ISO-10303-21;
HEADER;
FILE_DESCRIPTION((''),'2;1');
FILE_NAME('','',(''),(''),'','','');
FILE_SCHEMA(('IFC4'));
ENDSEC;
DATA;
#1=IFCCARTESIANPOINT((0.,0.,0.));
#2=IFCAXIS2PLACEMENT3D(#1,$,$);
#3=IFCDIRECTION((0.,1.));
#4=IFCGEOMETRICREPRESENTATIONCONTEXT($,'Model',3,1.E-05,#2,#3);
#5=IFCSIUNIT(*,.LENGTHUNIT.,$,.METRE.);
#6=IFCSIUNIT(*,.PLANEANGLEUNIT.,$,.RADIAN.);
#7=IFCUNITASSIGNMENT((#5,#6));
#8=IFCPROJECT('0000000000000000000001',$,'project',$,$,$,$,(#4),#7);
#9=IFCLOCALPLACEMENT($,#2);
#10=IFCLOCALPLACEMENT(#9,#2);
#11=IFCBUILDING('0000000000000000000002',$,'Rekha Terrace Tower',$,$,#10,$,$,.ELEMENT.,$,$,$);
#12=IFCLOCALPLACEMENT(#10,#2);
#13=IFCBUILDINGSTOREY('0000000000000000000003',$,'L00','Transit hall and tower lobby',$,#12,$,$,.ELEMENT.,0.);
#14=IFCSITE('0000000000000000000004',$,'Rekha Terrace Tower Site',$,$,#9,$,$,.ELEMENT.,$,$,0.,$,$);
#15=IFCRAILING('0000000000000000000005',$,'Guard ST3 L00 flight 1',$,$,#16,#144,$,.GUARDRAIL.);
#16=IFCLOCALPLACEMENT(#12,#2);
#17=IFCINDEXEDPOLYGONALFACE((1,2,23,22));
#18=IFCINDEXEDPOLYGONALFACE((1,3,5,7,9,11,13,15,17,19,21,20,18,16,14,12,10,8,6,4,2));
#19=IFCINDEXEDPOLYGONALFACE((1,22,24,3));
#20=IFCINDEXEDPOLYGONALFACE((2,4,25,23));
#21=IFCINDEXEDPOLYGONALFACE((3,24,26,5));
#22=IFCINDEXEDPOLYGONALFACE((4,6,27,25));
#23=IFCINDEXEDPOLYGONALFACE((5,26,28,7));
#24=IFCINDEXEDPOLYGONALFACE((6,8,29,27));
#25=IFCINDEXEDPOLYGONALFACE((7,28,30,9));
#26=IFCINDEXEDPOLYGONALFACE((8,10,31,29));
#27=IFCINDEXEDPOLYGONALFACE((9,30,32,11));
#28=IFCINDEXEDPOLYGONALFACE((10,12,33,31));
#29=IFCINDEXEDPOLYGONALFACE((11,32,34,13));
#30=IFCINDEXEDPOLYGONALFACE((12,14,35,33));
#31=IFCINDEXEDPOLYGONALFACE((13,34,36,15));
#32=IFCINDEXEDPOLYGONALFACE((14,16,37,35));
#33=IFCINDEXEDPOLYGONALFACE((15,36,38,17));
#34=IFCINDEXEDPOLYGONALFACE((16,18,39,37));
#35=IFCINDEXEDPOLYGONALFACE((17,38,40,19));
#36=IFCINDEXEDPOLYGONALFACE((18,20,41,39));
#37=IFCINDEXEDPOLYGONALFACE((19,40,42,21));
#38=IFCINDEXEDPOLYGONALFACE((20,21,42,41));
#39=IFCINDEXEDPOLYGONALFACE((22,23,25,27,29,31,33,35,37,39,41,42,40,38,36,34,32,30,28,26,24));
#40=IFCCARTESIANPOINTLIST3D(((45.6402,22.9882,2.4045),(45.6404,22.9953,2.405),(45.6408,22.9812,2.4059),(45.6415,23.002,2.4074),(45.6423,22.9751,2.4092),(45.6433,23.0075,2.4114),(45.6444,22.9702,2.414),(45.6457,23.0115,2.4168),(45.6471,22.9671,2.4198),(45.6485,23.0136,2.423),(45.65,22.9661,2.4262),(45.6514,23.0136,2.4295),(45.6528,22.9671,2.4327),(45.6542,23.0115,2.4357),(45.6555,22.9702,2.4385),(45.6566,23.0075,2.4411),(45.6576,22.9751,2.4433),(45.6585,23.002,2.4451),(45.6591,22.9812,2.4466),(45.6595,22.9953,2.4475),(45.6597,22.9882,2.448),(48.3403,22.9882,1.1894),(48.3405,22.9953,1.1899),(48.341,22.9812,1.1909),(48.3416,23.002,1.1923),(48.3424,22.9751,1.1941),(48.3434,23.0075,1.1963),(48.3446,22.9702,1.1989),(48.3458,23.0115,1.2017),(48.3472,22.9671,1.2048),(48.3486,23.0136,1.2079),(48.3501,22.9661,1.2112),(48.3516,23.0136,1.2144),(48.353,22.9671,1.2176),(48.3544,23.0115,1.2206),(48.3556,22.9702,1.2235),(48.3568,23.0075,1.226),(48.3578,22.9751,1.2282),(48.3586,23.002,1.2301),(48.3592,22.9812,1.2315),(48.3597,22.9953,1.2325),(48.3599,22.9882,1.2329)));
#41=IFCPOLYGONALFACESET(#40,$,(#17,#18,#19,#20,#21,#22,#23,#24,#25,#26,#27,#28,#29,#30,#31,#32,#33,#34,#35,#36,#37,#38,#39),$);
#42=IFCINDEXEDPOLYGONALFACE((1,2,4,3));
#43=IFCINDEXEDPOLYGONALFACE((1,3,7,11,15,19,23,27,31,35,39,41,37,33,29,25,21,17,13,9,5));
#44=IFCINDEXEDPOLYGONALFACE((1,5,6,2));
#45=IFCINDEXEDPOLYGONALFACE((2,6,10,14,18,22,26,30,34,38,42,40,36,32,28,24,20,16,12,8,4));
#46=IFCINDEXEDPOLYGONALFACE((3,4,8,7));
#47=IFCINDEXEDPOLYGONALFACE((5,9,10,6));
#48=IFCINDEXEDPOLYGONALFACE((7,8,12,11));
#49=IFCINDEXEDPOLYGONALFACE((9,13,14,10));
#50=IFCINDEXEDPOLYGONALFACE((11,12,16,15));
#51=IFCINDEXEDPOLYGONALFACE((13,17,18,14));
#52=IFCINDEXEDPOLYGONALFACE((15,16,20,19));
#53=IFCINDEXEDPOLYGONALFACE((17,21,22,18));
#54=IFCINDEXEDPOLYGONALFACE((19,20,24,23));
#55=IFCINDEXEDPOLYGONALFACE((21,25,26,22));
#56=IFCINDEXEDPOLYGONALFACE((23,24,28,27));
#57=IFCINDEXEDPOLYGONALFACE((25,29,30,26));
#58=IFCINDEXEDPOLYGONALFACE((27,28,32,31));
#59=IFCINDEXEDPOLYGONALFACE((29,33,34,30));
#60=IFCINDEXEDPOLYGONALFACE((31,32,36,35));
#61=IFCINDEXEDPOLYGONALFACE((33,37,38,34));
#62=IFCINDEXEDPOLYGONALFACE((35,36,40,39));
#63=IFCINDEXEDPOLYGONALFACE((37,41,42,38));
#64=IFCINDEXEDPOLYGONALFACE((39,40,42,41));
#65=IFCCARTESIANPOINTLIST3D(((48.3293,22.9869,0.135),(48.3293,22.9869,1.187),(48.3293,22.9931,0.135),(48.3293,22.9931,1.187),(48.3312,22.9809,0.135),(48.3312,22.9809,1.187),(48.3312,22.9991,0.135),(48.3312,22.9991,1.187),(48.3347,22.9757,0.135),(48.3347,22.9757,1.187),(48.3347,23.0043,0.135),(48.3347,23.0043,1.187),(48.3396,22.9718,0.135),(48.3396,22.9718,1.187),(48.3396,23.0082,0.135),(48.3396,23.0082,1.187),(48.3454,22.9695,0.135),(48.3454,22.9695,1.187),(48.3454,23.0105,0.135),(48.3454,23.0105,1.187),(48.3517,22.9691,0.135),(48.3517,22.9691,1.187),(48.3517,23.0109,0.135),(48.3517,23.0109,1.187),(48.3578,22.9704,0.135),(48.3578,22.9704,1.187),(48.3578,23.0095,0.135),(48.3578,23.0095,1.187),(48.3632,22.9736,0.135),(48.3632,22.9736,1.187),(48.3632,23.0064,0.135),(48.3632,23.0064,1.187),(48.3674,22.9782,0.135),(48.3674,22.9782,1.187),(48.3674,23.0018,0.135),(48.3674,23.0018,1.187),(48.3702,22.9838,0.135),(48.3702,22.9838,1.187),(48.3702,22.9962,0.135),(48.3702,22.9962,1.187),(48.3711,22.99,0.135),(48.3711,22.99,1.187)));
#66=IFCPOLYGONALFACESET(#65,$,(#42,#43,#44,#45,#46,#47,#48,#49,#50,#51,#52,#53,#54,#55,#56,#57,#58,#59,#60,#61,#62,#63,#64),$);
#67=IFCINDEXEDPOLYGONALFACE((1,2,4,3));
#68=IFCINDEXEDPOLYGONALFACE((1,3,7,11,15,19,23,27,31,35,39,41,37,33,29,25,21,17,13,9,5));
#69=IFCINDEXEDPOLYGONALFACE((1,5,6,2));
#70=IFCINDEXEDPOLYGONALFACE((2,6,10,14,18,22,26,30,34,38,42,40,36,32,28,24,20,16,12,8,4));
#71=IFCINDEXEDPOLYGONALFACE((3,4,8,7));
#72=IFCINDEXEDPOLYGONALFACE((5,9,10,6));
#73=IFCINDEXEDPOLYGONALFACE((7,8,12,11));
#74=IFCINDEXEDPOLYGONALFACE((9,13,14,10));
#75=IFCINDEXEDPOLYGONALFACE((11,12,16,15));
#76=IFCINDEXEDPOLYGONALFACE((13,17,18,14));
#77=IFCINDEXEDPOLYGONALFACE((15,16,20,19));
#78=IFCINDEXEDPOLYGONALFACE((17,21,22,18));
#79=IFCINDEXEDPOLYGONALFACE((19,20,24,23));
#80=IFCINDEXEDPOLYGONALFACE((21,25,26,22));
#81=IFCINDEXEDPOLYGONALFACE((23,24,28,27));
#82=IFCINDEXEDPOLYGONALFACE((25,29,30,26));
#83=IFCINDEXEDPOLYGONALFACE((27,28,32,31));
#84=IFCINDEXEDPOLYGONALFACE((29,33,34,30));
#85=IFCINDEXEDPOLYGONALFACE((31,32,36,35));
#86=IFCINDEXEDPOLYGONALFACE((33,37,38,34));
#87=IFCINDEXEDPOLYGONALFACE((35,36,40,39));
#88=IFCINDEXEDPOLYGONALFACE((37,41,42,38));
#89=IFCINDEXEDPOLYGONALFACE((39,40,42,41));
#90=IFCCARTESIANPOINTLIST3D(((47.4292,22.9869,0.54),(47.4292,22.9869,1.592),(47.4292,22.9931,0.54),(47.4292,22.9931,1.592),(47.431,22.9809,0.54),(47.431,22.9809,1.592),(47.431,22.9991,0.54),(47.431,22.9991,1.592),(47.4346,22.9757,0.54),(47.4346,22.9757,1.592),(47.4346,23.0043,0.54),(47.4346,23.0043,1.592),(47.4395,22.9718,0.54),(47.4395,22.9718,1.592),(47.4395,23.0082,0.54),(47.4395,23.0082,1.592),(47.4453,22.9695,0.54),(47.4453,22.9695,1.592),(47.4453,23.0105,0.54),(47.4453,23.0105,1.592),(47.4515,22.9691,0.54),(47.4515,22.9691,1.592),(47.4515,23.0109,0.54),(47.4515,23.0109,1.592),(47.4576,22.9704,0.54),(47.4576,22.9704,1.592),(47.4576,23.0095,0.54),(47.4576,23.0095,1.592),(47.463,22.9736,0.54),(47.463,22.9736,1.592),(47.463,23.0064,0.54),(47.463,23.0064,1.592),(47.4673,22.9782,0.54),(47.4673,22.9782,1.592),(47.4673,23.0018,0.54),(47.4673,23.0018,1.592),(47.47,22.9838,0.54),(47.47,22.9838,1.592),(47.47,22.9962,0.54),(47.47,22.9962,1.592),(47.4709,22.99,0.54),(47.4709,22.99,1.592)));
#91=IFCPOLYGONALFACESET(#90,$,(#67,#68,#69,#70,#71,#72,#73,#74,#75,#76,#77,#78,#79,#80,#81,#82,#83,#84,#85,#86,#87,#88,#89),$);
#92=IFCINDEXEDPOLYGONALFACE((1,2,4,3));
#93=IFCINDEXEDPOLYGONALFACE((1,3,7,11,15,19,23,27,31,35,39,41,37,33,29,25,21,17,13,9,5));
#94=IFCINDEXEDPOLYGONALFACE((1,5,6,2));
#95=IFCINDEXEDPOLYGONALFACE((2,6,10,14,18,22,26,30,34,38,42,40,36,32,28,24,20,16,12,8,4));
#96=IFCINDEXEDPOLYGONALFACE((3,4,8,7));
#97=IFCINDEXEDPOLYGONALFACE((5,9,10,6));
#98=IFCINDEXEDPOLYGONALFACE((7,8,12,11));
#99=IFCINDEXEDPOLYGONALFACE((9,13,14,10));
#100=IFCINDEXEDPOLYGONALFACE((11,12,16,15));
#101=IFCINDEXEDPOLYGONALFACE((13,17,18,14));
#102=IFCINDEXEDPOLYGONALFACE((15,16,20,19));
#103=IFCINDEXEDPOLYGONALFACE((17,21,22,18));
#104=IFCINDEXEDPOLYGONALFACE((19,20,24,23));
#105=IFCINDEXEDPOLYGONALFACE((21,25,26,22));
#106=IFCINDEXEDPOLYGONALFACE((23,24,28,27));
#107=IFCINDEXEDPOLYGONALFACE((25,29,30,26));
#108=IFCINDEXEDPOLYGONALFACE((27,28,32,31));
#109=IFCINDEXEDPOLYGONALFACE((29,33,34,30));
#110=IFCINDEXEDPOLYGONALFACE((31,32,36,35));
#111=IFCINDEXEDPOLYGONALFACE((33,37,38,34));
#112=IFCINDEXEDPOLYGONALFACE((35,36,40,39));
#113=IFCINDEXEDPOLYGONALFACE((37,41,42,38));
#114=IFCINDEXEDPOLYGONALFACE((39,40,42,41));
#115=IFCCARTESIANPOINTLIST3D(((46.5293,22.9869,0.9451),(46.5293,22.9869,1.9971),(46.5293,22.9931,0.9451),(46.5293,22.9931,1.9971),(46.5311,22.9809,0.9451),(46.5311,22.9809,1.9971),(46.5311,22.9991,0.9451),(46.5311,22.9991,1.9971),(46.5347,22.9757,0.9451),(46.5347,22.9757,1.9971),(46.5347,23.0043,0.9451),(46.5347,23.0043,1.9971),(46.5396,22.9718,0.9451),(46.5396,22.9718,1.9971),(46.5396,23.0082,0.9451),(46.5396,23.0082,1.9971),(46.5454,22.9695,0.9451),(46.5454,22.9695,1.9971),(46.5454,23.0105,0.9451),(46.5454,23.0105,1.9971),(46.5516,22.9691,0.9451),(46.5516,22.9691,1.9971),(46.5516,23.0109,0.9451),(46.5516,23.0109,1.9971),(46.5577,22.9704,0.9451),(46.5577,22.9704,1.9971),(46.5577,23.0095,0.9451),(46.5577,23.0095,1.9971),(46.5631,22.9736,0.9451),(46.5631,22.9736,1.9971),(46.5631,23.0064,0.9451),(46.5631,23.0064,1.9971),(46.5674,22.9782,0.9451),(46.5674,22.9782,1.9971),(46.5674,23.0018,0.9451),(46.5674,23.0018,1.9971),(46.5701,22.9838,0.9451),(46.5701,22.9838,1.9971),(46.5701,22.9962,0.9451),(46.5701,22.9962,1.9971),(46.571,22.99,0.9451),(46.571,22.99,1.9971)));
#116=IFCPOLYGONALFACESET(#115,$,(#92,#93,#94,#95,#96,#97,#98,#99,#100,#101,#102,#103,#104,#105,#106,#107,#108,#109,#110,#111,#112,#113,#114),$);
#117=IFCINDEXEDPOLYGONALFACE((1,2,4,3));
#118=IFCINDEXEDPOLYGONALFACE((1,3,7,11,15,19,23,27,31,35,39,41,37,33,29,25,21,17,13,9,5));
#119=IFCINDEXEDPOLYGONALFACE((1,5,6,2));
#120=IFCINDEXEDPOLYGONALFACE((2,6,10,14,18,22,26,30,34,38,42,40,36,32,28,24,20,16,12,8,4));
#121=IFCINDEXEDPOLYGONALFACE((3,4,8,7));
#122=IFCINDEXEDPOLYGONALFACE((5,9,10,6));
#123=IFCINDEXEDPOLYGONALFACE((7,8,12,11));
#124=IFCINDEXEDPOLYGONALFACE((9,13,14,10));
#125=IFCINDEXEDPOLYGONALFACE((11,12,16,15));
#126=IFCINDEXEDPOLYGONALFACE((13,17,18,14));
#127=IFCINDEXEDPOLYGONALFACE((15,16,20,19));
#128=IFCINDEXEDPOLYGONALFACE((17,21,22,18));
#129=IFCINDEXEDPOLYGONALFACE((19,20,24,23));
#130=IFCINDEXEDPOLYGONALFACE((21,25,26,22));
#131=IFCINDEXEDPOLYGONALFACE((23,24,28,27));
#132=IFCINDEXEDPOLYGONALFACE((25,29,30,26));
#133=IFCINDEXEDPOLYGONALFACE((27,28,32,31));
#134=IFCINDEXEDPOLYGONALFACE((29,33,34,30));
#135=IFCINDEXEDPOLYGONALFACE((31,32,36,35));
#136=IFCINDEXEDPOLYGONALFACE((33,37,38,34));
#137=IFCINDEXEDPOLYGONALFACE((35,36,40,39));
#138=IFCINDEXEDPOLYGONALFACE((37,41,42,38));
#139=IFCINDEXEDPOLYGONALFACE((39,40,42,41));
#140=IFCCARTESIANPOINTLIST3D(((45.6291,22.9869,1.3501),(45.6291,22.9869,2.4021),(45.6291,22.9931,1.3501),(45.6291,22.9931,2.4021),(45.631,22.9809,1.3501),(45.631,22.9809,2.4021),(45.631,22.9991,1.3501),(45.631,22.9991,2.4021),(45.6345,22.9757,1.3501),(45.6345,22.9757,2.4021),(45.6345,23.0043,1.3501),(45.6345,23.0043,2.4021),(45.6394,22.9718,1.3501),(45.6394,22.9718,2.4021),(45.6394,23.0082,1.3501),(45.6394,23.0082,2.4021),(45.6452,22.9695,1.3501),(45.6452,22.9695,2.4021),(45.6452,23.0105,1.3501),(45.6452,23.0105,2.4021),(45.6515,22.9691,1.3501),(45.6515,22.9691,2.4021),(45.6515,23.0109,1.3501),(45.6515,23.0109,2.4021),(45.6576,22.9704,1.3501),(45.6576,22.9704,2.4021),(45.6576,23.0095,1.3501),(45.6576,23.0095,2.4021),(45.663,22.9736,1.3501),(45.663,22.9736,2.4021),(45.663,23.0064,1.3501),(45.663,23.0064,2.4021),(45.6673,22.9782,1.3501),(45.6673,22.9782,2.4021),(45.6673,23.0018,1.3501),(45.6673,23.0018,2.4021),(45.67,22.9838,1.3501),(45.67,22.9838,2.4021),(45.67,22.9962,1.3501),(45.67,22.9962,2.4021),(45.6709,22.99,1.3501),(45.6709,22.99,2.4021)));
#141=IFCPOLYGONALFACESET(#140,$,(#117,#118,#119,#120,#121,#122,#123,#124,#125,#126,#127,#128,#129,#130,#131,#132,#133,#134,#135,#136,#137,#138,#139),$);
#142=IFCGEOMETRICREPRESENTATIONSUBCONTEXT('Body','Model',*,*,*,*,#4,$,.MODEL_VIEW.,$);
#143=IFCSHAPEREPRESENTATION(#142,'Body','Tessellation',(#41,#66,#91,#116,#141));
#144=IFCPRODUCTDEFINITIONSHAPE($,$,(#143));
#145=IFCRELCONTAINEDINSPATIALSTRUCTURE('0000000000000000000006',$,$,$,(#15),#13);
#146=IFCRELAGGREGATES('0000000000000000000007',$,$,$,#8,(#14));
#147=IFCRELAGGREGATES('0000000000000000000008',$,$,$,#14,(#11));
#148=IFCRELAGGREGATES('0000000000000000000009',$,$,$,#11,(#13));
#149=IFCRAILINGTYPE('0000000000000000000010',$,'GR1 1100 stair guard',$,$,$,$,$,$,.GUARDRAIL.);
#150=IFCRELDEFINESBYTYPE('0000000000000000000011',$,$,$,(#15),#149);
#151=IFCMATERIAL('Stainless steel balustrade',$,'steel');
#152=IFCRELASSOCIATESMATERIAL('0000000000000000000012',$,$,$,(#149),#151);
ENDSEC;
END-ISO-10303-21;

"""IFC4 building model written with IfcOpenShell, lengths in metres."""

from ifc_helpers import new_model, si_unit, direction, frame, origin, origin_2d, place, context, subcontext, project, spatial, circle, extrude, material, type_object, element, save


model = new_model("IFC4")

# Units and contexts
model_context = context("Model", 3, precision=1e-05, world=origin(), true_north=direction((0.0, 1.0)))
body_context = subcontext(model_context, "Body", "Model", "MODEL_VIEW")
ifc_project = project(units=[si_unit("LENGTHUNIT", "METRE"), si_unit("PLANEANGLEUNIT", "RADIAN")], contexts=[model_context])

# Site, building, storey
site_placement = place(None, origin())
site = spatial("IfcSite", under=ifc_project, at=site_placement, Name="Rekha Terrace Tower Site", CompositionType="ELEMENT", RefElevation=0.0)
building_placement = place(site_placement, origin())
building = spatial("IfcBuilding", under=site, at=building_placement, Name="Rekha Terrace Tower", CompositionType="ELEMENT")
storey_placement = place(building_placement, origin())
storey = spatial("IfcBuildingStorey", under=building, at=storey_placement, Name="L00", Description="Transit hall and tower lobby", CompositionType="ELEMENT", Elevation=0.0)

# Railing
ifc_material_1 = material(Name="Stainless steel balustrade", Category="steel")
railing_type_1 = type_object("IfcRailingType", Name="GR1 1100 stair guard", PredefinedType="GUARDRAIL", material=ifc_material_1)
railing_1_placement = place(storey_placement, frame((48.3501, 22.99, 0.135)))
element("IfcRailing", 1, at=railing_1_placement, inside=storey, type_object=railing_type_1, Name="Guard ST3 L00 flight 1", PredefinedType="GUARDRAIL", context=body_context, shape_type="SweptSolid", body=[
    extrude(circle(Radius=0.0239, at=origin_2d()), frame((0.0, 0.0, 1.0762), z_axis=(-0.911922, 0.0, 0.410365), x_axis=(0.0, -1.0, 0.0)), (0.0, 0.0, 1.0), 2.9609),
    extrude(circle(Radius=0.021, at=origin_2d()), origin(), (0.0, 0.0, 1.0), 1.052),
    extrude(circle(Radius=0.021, at=origin_2d()), frame((-0.9001, 0.0, 0.405)), (0.0, 0.0, 1.0), 1.052),
    extrude(circle(Radius=0.021, at=origin_2d()), frame((-1.8, 0.0, 0.8101)), (0.0, 0.0, 1.0), 1.052),
    extrude(circle(Radius=0.021, at=origin_2d()), frame((-2.7002, 0.0, 1.2151)), (0.0, 0.0, 1.0), 1.052),
])

save(model, "model.ifc")
